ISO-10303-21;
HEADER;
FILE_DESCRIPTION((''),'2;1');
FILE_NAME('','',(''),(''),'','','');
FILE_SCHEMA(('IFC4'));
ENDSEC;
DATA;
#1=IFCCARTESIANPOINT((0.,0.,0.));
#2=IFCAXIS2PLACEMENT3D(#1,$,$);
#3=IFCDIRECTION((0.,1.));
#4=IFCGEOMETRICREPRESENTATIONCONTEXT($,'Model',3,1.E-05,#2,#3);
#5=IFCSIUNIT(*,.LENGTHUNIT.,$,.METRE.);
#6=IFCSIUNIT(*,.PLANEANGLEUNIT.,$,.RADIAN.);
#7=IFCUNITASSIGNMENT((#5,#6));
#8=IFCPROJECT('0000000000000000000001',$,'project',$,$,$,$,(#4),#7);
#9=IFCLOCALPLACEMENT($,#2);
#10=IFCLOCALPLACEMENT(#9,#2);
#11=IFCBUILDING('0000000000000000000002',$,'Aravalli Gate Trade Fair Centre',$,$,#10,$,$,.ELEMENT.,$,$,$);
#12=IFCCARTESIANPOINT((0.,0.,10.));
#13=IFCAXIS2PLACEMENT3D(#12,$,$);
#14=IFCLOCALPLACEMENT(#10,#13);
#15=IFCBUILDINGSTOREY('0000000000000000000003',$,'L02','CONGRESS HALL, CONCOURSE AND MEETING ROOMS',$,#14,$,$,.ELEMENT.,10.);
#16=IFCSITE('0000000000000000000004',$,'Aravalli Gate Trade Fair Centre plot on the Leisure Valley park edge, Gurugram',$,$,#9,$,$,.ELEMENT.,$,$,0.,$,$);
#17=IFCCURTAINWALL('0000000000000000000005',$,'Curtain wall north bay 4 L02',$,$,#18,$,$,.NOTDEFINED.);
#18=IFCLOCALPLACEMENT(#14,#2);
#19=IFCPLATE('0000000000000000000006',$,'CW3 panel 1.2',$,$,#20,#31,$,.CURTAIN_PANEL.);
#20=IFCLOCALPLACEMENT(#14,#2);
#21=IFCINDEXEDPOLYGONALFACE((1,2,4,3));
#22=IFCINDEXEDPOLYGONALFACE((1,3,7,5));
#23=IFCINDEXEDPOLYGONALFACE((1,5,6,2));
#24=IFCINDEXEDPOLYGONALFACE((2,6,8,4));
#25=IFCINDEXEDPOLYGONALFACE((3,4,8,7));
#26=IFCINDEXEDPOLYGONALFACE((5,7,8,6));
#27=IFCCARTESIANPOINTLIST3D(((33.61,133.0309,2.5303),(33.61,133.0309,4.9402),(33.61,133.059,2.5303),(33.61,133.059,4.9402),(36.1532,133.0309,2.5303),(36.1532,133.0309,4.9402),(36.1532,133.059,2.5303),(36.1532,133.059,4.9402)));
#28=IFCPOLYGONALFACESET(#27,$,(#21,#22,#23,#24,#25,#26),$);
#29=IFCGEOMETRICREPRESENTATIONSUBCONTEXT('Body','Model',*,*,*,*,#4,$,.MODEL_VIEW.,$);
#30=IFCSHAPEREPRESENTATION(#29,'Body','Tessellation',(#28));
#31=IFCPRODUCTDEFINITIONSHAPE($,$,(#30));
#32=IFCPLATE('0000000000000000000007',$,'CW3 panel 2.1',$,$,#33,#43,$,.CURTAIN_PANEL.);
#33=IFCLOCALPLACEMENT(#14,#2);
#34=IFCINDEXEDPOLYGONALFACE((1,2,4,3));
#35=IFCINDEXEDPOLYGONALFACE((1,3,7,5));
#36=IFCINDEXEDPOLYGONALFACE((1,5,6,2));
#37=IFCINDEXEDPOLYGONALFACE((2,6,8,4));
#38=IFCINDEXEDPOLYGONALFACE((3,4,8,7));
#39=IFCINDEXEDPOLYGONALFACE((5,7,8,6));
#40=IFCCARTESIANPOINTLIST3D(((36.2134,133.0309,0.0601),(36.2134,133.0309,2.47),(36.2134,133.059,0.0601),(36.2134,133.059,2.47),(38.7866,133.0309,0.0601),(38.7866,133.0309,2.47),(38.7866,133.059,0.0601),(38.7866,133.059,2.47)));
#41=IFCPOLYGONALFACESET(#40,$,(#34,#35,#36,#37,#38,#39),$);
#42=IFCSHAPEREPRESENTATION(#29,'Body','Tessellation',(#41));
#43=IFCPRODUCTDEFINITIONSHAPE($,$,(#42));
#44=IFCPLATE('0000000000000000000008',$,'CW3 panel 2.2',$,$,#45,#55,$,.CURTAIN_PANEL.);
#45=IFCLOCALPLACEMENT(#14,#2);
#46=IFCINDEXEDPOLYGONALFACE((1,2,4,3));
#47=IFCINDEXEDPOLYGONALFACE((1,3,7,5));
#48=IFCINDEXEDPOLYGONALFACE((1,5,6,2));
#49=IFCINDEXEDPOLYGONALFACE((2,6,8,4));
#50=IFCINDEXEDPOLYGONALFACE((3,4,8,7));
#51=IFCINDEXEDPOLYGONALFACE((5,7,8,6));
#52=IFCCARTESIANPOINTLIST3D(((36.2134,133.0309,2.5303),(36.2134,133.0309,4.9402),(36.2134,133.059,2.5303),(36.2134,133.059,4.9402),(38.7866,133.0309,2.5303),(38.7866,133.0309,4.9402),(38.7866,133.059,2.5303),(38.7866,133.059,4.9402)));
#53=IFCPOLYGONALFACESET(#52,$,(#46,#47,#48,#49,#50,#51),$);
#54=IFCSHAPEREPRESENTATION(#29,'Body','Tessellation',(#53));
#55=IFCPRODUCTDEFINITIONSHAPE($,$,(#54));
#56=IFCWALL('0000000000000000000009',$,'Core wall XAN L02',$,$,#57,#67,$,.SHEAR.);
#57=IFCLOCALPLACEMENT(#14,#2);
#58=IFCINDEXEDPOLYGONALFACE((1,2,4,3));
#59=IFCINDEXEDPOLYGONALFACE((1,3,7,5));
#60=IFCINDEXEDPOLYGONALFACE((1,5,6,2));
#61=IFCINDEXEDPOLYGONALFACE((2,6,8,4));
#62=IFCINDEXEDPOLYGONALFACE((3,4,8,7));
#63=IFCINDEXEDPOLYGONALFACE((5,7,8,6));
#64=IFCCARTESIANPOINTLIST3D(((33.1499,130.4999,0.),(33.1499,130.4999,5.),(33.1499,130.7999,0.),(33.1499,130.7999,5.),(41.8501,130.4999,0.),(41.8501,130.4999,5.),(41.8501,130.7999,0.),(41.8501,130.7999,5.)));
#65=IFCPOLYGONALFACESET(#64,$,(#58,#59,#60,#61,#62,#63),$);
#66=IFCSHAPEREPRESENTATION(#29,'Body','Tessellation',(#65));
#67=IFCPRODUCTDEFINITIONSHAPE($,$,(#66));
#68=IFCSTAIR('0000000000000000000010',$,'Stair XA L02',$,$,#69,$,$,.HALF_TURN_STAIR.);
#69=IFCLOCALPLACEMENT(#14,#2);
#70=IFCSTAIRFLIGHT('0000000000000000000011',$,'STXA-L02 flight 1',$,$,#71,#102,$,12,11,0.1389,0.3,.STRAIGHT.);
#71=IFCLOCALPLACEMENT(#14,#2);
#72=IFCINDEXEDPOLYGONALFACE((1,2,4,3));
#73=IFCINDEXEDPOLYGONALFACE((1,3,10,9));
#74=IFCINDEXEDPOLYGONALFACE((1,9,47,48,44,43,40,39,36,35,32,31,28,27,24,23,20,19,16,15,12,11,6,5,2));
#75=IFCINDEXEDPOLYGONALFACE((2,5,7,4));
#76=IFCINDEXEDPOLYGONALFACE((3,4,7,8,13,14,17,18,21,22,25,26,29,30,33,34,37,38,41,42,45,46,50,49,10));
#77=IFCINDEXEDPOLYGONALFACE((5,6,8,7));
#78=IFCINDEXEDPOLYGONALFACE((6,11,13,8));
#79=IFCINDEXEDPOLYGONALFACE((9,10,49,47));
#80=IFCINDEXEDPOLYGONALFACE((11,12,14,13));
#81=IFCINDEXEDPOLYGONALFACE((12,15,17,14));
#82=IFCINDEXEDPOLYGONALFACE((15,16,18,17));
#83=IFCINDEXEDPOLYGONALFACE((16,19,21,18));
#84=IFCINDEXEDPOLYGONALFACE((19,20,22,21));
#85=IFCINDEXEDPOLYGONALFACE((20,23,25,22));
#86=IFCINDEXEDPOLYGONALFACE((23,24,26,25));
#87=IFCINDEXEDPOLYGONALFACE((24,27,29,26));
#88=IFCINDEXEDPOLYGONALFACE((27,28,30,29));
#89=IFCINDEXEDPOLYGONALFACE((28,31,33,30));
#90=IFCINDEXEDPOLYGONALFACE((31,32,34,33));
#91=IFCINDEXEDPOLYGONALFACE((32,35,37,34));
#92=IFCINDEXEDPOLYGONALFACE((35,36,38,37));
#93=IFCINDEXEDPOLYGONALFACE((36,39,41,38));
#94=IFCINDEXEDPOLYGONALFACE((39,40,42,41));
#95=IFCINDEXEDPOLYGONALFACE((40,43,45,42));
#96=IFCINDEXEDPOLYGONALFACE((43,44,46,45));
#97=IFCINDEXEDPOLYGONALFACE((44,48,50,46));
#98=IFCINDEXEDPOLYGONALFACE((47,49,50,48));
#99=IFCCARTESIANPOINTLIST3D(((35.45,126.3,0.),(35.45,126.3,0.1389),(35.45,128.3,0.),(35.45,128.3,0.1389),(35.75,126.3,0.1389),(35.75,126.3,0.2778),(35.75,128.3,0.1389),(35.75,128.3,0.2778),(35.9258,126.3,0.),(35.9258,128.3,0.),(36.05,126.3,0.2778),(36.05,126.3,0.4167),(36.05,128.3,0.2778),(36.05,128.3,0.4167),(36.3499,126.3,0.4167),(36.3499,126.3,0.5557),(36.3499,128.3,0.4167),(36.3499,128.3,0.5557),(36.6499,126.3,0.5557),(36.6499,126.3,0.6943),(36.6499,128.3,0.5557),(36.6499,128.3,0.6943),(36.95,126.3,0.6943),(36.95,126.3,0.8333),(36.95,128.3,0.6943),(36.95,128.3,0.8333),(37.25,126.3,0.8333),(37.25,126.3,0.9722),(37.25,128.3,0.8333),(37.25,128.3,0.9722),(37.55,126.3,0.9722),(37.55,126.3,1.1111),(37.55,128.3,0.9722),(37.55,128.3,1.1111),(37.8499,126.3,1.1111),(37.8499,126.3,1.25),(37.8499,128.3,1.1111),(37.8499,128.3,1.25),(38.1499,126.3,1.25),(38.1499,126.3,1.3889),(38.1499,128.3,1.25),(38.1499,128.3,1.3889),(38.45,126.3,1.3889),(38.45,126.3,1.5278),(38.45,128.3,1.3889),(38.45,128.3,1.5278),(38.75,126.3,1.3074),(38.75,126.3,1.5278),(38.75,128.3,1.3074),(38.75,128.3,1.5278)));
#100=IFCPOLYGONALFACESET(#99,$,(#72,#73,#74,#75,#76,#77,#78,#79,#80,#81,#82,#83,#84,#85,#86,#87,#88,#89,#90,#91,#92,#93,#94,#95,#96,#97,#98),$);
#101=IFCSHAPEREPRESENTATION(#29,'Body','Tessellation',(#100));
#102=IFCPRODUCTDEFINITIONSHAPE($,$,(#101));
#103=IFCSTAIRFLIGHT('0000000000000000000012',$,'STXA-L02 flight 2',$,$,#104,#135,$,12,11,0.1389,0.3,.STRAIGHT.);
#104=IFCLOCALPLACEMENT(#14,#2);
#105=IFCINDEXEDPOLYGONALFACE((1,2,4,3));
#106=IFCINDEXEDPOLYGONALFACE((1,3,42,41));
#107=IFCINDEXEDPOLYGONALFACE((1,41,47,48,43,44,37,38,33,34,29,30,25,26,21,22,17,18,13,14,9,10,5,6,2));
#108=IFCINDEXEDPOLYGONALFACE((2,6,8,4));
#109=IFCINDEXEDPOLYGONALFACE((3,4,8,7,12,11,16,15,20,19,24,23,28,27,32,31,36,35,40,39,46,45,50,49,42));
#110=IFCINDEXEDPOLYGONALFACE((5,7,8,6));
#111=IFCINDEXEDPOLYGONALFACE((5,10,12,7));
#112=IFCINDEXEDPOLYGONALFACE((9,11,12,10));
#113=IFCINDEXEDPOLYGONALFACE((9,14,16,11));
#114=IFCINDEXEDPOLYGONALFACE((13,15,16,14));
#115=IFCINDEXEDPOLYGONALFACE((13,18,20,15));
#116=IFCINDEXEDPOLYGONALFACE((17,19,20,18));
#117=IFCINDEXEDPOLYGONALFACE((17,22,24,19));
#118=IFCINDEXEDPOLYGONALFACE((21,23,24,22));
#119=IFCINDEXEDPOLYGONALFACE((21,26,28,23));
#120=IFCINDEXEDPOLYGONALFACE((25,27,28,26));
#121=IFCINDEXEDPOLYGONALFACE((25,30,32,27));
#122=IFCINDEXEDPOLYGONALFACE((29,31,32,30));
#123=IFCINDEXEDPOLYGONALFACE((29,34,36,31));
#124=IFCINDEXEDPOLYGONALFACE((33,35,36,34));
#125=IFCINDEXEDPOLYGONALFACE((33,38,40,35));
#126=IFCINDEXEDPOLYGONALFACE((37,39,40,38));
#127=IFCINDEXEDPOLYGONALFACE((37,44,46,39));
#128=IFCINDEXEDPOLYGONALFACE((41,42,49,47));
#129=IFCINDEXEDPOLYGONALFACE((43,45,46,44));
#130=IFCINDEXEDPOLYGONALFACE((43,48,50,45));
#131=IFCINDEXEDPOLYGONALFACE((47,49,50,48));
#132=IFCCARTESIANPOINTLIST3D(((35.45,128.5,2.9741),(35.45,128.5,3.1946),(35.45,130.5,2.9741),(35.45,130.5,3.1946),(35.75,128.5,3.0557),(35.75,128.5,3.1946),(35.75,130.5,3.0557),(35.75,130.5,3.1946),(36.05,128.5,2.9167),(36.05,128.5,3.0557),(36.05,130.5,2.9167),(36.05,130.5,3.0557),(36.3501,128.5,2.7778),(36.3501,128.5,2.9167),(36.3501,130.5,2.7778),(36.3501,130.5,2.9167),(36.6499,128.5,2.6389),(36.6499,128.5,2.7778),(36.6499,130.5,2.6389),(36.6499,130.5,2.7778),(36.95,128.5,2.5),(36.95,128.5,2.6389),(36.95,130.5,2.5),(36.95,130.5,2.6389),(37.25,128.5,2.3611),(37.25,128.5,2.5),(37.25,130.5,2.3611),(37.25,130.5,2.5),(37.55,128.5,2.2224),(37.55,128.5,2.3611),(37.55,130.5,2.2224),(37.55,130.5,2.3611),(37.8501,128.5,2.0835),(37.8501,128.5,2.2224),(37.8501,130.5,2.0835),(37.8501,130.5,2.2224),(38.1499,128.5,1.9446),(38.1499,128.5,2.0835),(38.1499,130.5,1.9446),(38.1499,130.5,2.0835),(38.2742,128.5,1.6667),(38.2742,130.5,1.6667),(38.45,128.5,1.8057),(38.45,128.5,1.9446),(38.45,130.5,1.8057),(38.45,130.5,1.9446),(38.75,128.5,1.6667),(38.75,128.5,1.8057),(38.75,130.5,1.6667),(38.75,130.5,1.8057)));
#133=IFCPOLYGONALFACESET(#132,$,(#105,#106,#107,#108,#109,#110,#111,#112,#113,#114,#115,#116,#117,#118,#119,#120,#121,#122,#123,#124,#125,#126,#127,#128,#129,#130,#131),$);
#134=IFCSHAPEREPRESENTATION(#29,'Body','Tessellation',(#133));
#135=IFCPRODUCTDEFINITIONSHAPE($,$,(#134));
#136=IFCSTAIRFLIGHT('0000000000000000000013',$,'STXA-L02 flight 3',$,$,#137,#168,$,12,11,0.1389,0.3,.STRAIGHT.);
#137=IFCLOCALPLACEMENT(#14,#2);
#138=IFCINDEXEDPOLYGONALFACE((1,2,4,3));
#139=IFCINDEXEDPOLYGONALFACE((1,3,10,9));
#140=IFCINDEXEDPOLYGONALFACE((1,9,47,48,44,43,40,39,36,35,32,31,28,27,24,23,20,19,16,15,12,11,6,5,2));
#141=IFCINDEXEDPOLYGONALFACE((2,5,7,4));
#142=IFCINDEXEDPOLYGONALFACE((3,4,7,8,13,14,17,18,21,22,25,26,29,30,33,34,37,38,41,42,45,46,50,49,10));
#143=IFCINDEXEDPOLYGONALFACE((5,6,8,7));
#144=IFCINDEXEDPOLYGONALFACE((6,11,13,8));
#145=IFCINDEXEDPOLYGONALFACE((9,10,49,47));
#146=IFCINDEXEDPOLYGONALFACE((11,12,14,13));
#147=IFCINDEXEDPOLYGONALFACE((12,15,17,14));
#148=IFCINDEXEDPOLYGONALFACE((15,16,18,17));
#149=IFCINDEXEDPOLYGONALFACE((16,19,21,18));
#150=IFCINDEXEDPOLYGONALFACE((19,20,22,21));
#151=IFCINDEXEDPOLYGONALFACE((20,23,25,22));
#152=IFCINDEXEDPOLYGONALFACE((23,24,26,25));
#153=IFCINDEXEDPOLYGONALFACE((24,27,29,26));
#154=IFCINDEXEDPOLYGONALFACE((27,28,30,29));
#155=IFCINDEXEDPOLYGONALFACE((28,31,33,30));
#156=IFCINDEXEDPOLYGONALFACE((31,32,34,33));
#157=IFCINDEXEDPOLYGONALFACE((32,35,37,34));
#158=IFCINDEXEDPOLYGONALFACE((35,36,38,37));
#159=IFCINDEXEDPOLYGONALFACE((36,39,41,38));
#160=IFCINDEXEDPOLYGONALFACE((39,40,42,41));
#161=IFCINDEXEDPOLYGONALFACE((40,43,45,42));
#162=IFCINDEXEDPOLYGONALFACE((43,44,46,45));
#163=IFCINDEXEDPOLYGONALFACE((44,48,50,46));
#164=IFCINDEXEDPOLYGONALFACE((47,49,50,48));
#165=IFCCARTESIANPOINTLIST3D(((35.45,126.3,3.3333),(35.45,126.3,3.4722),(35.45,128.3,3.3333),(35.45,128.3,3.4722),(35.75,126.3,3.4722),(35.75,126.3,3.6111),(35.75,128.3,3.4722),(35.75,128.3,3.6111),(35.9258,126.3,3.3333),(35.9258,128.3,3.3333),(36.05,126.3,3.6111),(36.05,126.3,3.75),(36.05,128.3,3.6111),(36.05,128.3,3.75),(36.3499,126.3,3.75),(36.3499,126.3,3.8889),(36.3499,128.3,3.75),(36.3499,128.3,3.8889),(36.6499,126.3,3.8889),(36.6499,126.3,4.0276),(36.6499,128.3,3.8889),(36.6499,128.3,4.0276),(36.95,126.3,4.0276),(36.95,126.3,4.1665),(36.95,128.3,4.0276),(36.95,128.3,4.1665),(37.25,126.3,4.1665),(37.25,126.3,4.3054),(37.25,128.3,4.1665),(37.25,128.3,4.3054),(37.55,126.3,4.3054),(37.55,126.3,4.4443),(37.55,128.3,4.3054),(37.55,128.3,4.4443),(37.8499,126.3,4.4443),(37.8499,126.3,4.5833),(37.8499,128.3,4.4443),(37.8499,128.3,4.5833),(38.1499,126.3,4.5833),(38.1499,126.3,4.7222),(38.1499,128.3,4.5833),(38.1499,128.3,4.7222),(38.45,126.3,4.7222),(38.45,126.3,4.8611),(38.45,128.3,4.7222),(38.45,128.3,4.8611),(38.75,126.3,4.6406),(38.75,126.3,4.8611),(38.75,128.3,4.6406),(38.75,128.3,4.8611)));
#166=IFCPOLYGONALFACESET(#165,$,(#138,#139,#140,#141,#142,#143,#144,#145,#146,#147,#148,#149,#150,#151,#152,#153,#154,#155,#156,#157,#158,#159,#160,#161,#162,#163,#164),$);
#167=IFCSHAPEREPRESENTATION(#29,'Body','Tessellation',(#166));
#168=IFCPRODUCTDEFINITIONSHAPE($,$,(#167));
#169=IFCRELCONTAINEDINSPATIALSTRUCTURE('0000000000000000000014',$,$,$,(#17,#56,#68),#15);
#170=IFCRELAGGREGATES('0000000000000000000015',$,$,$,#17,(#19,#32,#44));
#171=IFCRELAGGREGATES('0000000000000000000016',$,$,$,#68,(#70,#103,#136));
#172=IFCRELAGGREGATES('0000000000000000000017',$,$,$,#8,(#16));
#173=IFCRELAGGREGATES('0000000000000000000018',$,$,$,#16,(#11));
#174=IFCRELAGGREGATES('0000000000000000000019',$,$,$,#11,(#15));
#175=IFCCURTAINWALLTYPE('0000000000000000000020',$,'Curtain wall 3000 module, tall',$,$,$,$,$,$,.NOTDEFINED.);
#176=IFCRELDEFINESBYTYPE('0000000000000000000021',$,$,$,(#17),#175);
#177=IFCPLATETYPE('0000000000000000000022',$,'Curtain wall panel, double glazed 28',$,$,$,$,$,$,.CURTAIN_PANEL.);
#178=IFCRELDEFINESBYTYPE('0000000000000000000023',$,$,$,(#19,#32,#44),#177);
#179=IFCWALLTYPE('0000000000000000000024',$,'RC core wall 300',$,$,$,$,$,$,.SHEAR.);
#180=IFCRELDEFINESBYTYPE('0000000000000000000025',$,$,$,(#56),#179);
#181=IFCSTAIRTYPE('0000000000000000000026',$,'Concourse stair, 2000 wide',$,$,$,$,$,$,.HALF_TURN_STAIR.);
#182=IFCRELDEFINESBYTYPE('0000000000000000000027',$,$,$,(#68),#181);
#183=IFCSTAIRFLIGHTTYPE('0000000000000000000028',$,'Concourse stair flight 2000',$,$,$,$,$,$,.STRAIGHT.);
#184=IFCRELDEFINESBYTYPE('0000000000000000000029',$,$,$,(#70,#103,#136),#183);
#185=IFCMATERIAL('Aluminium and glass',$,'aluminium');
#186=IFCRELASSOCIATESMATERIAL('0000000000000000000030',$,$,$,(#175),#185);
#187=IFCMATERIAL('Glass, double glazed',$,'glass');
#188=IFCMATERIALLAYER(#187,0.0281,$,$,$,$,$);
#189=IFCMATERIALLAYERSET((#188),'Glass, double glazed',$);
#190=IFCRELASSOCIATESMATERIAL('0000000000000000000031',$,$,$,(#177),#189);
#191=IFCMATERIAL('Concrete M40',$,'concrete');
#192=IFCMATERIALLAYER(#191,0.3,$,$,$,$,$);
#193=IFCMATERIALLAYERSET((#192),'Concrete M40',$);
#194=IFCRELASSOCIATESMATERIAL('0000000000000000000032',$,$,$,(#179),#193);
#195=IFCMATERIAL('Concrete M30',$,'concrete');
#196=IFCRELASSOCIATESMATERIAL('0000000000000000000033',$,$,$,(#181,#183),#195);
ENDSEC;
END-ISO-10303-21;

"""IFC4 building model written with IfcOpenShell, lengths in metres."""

from ifc_helpers import new_model, si_unit, direction, frame, frame_2d, origin, origin_2d, place, context, subcontext, project, spatial, polyline, rectangle, outline, extrude, material, layer, layer_set, type_object, element, aggregate, save


model = new_model("IFC4")

# Units and contexts
model_context = context("Model", 3, precision=1e-05, world=origin(), true_north=direction((0.0, 1.0)))
body_context = subcontext(model_context, "Body", "Model", "MODEL_VIEW")
ifc_project = project(units=[si_unit("LENGTHUNIT", "METRE"), si_unit("PLANEANGLEUNIT", "RADIAN")], contexts=[model_context])

# Site, building, storey
site_placement = place(None, origin())
site = spatial("IfcSite", under=ifc_project, at=site_placement, Name="Aravalli Gate Trade Fair Centre plot on the Leisure Valley park edge, Gurugram", CompositionType="ELEMENT", RefElevation=0.0)
building_placement = place(site_placement, origin())
building = spatial("IfcBuilding", under=site, at=building_placement, Name="Aravalli Gate Trade Fair Centre", CompositionType="ELEMENT")
storey_placement = place(building_placement, frame((0.0, 0.0, 10.0)))
storey = spatial("IfcBuildingStorey", under=building, at=storey_placement, Name="L02", Description="CONGRESS HALL, CONCOURSE AND MEETING ROOMS", CompositionType="ELEMENT", Elevation=10.0)

# Curtain wall
ifc_material_1 = material(Name="Aluminium and glass", Category="aluminium")
curtain_wall_type = type_object("IfcCurtainWallType", Name="Curtain wall 3000 module, tall", PredefinedType="NOTDEFINED", material=ifc_material_1)
curtain_wall_placement = place(storey_placement, origin())
curtain_wall = element("IfcCurtainWall", 1, at=curtain_wall_placement, inside=storey, type_object=curtain_wall_type, Name="Curtain wall north bay 4 L02", PredefinedType="NOTDEFINED")

# Plates
ifc_material_2 = material(Name="Glass, double glazed", Category="glass")
ifc_layer_1 = layer(ifc_material_2, 0.0281)
ifc_layer_set_1 = layer_set([ifc_layer_1], Name="Glass, double glazed")
plate_type = type_object("IfcPlateType", Name="Curtain wall panel, double glazed 28", PredefinedType="CURTAIN_PANEL", material=ifc_layer_set_1)
plate_1_placement = place(storey_placement, frame((34.8816, 133.0449, 2.5303), z_axis=(0.0, 0.0, 1.0), x_axis=(1.0, 0.0, 0.0)))
plate_1 = element("IfcPlate", 2, at=plate_1_placement, type_object=plate_type, Name="CW3 panel 1.2", PredefinedType="CURTAIN_PANEL", context=body_context, shape_type="SweptSolid", body=[
    extrude(rectangle(XDim=2.5432, YDim=0.0281, at=origin_2d()), origin(), (0.0, 0.0, 1.0), 2.4099),
])
plate_2_placement = place(storey_placement, frame((37.5, 133.0449, 0.0601), z_axis=(0.0, 0.0, 1.0), x_axis=(1.0, 0.0, 0.0)))
plate_2 = element("IfcPlate", 3, at=plate_2_placement, type_object=plate_type, Name="CW3 panel 2.1", PredefinedType="CURTAIN_PANEL", context=body_context, shape_type="SweptSolid", body=[
    extrude(rectangle(XDim=2.5732, YDim=0.0281, at=origin_2d()), origin(), (0.0, 0.0, 1.0), 2.4099),
])
plate_3_placement = place(storey_placement, frame((37.5, 133.0449, 2.5303), z_axis=(0.0, 0.0, 1.0), x_axis=(1.0, 0.0, 0.0)))
plate_3 = element("IfcPlate", 4, at=plate_3_placement, type_object=plate_type, Name="CW3 panel 2.2", PredefinedType="CURTAIN_PANEL", context=body_context, shape_type="SweptSolid", body=[
    extrude(rectangle(XDim=2.5732, YDim=0.0281, at=origin_2d()), origin(), (0.0, 0.0, 1.0), 2.4099),
])
aggregate(curtain_wall, [plate_1, plate_2, plate_3])

# Wall
ifc_material_3 = material(Name="Concrete M40", Category="concrete")
ifc_layer_2 = layer(ifc_material_3, 0.3)
ifc_layer_set_2 = layer_set([ifc_layer_2], Name="Concrete M40")
wall_type = type_object("IfcWallType", Name="RC core wall 300", PredefinedType="SHEAR", material=ifc_layer_set_2)
wall_placement = place(storey_placement, frame((33.1499, 130.6499, 0.0), z_axis=(0.0, 0.0, 1.0), x_axis=(1.0, 0.0, 0.0)))
element("IfcWall", 5, at=wall_placement, inside=storey, type_object=wall_type, Name="Core wall XAN L02", PredefinedType="SHEAR", context=body_context, shape_type="SweptSolid", body=[
    extrude(rectangle(XDim=8.7002, YDim=0.3, at=frame_2d((4.3501, 0.0))), origin(), (0.0, 0.0, 1.0), 5.0),
])

# Stair, stair flights
ifc_material_4 = material(Name="Concrete M30", Category="concrete")
stair_type = type_object("IfcStairType", Name="Concourse stair, 2000 wide", PredefinedType="HALF_TURN_STAIR", material=ifc_material_4)
stair_placement = place(storey_placement, origin())
stair = element("IfcStair", 6, at=stair_placement, inside=storey, type_object=stair_type, Name="Stair XA L02", PredefinedType="HALF_TURN_STAIR")
stair_flight_type = type_object("IfcStairFlightType", Name="Concourse stair flight 2000", PredefinedType="STRAIGHT", material=ifc_material_4)
stair_flight_1_placement = place(storey_placement, frame((35.45, 127.3, 0.0), z_axis=(0.0, 0.0, 1.0), x_axis=(1.0, 0.0, 0.0)))
stair_flight_1 = element("IfcStairFlight", 7, at=stair_flight_1_placement, type_object=stair_flight_type, Name="STXA-L02 flight 1", NumberOfRisers=12, NumberOfTreads=11, PredefinedType="STRAIGHT", RiserHeight=0.1389, TreadLength=0.3, context=body_context, shape_type="SweptSolid", body=[
    extrude(outline(polyline([(0.0, 0.0), (0.0, 0.1389), (0.3, 0.1389), (0.3, 0.2778), (0.6001, 0.2778), (0.6001, 0.4167), (0.8999, 0.4167), (0.8999, 0.5557), (1.2, 0.5557), (1.2, 0.6943), (1.5, 0.6943), (1.5, 0.8333), (1.8, 0.8333), (1.8, 0.9722), (2.1001, 0.9722), (2.1001, 1.1111), (2.3999, 1.1111), (2.3999, 1.25), (2.7, 1.25), (2.7, 1.3889), (3.0, 1.3889), (3.0, 1.5278), (3.3, 1.5278), (3.3, 1.6667), (3.3, 1.3074), (0.4758, 0.0), (0.0, 0.0)])), frame((0.0, 1.0, 0.0), z_axis=(0.0, -1.0, 0.0), x_axis=(1.0, 0.0, 0.0)), (0.0, 0.0, 1.0), 2.0),
])
stair_flight_2_placement = place(storey_placement, frame((38.75, 129.5, 1.6667), z_axis=(0.0, 0.0, 1.0), x_axis=(-1.0, 0.0, 0.0)))
stair_flight_2 = element("IfcStairFlight", 8, at=stair_flight_2_placement, type_object=stair_flight_type, Name="STXA-L02 flight 2", NumberOfRisers=12, NumberOfTreads=11, PredefinedType="STRAIGHT", RiserHeight=0.1389, TreadLength=0.3, context=body_context, shape_type="SweptSolid", body=[
    extrude(outline(polyline([(0.0, 0.0), (0.0, 0.1389), (0.3, 0.1389), (0.3, 0.2778), (0.6001, 0.2778), (0.6001, 0.4167), (0.8999, 0.4167), (0.8999, 0.5557), (1.2, 0.5557), (1.2, 0.6943), (1.5, 0.6943), (1.5, 0.8333), (1.8, 0.8333), (1.8, 0.9722), (2.1001, 0.9722), (2.1001, 1.1111), (2.3999, 1.1111), (2.3999, 1.25), (2.7, 1.25), (2.7, 1.3889), (3.0, 1.3889), (3.0, 1.5278), (3.3, 1.5278), (3.3, 1.6667), (3.3, 1.3074), (0.4758, 0.0), (0.0, 0.0)])), frame((0.0, 1.0, 0.0), z_axis=(0.0, -1.0, 0.0), x_axis=(1.0, 0.0, 0.0)), (0.0, 0.0, 1.0), 2.0),
])
stair_flight_3_placement = place(storey_placement, frame((35.45, 127.3, 3.3333), z_axis=(0.0, 0.0, 1.0), x_axis=(1.0, 0.0, 0.0)))
stair_flight_3 = element("IfcStairFlight", 9, at=stair_flight_3_placement, type_object=stair_flight_type, Name="STXA-L02 flight 3", NumberOfRisers=12, NumberOfTreads=11, PredefinedType="STRAIGHT", RiserHeight=0.1389, TreadLength=0.3, context=body_context, shape_type="SweptSolid", body=[
    extrude(outline(polyline([(0.0, 0.0), (0.0, 0.1389), (0.3, 0.1389), (0.3, 0.2778), (0.6001, 0.2778), (0.6001, 0.4167), (0.8999, 0.4167), (0.8999, 0.5557), (1.2, 0.5557), (1.2, 0.6943), (1.5, 0.6943), (1.5, 0.8333), (1.8, 0.8333), (1.8, 0.9722), (2.1001, 0.9722), (2.1001, 1.1111), (2.3999, 1.1111), (2.3999, 1.25), (2.7, 1.25), (2.7, 1.3889), (3.0, 1.3889), (3.0, 1.5278), (3.3, 1.5278), (3.3, 1.6667), (3.3, 1.3074), (0.4758, 0.0), (0.0, 0.0)])), frame((0.0, 1.0, 0.0), z_axis=(0.0, -1.0, 0.0), x_axis=(1.0, 0.0, 0.0)), (0.0, 0.0, 1.0), 2.0),
])
aggregate(stair, [stair_flight_1, stair_flight_2, stair_flight_3])

save(model, "model.ifc")
